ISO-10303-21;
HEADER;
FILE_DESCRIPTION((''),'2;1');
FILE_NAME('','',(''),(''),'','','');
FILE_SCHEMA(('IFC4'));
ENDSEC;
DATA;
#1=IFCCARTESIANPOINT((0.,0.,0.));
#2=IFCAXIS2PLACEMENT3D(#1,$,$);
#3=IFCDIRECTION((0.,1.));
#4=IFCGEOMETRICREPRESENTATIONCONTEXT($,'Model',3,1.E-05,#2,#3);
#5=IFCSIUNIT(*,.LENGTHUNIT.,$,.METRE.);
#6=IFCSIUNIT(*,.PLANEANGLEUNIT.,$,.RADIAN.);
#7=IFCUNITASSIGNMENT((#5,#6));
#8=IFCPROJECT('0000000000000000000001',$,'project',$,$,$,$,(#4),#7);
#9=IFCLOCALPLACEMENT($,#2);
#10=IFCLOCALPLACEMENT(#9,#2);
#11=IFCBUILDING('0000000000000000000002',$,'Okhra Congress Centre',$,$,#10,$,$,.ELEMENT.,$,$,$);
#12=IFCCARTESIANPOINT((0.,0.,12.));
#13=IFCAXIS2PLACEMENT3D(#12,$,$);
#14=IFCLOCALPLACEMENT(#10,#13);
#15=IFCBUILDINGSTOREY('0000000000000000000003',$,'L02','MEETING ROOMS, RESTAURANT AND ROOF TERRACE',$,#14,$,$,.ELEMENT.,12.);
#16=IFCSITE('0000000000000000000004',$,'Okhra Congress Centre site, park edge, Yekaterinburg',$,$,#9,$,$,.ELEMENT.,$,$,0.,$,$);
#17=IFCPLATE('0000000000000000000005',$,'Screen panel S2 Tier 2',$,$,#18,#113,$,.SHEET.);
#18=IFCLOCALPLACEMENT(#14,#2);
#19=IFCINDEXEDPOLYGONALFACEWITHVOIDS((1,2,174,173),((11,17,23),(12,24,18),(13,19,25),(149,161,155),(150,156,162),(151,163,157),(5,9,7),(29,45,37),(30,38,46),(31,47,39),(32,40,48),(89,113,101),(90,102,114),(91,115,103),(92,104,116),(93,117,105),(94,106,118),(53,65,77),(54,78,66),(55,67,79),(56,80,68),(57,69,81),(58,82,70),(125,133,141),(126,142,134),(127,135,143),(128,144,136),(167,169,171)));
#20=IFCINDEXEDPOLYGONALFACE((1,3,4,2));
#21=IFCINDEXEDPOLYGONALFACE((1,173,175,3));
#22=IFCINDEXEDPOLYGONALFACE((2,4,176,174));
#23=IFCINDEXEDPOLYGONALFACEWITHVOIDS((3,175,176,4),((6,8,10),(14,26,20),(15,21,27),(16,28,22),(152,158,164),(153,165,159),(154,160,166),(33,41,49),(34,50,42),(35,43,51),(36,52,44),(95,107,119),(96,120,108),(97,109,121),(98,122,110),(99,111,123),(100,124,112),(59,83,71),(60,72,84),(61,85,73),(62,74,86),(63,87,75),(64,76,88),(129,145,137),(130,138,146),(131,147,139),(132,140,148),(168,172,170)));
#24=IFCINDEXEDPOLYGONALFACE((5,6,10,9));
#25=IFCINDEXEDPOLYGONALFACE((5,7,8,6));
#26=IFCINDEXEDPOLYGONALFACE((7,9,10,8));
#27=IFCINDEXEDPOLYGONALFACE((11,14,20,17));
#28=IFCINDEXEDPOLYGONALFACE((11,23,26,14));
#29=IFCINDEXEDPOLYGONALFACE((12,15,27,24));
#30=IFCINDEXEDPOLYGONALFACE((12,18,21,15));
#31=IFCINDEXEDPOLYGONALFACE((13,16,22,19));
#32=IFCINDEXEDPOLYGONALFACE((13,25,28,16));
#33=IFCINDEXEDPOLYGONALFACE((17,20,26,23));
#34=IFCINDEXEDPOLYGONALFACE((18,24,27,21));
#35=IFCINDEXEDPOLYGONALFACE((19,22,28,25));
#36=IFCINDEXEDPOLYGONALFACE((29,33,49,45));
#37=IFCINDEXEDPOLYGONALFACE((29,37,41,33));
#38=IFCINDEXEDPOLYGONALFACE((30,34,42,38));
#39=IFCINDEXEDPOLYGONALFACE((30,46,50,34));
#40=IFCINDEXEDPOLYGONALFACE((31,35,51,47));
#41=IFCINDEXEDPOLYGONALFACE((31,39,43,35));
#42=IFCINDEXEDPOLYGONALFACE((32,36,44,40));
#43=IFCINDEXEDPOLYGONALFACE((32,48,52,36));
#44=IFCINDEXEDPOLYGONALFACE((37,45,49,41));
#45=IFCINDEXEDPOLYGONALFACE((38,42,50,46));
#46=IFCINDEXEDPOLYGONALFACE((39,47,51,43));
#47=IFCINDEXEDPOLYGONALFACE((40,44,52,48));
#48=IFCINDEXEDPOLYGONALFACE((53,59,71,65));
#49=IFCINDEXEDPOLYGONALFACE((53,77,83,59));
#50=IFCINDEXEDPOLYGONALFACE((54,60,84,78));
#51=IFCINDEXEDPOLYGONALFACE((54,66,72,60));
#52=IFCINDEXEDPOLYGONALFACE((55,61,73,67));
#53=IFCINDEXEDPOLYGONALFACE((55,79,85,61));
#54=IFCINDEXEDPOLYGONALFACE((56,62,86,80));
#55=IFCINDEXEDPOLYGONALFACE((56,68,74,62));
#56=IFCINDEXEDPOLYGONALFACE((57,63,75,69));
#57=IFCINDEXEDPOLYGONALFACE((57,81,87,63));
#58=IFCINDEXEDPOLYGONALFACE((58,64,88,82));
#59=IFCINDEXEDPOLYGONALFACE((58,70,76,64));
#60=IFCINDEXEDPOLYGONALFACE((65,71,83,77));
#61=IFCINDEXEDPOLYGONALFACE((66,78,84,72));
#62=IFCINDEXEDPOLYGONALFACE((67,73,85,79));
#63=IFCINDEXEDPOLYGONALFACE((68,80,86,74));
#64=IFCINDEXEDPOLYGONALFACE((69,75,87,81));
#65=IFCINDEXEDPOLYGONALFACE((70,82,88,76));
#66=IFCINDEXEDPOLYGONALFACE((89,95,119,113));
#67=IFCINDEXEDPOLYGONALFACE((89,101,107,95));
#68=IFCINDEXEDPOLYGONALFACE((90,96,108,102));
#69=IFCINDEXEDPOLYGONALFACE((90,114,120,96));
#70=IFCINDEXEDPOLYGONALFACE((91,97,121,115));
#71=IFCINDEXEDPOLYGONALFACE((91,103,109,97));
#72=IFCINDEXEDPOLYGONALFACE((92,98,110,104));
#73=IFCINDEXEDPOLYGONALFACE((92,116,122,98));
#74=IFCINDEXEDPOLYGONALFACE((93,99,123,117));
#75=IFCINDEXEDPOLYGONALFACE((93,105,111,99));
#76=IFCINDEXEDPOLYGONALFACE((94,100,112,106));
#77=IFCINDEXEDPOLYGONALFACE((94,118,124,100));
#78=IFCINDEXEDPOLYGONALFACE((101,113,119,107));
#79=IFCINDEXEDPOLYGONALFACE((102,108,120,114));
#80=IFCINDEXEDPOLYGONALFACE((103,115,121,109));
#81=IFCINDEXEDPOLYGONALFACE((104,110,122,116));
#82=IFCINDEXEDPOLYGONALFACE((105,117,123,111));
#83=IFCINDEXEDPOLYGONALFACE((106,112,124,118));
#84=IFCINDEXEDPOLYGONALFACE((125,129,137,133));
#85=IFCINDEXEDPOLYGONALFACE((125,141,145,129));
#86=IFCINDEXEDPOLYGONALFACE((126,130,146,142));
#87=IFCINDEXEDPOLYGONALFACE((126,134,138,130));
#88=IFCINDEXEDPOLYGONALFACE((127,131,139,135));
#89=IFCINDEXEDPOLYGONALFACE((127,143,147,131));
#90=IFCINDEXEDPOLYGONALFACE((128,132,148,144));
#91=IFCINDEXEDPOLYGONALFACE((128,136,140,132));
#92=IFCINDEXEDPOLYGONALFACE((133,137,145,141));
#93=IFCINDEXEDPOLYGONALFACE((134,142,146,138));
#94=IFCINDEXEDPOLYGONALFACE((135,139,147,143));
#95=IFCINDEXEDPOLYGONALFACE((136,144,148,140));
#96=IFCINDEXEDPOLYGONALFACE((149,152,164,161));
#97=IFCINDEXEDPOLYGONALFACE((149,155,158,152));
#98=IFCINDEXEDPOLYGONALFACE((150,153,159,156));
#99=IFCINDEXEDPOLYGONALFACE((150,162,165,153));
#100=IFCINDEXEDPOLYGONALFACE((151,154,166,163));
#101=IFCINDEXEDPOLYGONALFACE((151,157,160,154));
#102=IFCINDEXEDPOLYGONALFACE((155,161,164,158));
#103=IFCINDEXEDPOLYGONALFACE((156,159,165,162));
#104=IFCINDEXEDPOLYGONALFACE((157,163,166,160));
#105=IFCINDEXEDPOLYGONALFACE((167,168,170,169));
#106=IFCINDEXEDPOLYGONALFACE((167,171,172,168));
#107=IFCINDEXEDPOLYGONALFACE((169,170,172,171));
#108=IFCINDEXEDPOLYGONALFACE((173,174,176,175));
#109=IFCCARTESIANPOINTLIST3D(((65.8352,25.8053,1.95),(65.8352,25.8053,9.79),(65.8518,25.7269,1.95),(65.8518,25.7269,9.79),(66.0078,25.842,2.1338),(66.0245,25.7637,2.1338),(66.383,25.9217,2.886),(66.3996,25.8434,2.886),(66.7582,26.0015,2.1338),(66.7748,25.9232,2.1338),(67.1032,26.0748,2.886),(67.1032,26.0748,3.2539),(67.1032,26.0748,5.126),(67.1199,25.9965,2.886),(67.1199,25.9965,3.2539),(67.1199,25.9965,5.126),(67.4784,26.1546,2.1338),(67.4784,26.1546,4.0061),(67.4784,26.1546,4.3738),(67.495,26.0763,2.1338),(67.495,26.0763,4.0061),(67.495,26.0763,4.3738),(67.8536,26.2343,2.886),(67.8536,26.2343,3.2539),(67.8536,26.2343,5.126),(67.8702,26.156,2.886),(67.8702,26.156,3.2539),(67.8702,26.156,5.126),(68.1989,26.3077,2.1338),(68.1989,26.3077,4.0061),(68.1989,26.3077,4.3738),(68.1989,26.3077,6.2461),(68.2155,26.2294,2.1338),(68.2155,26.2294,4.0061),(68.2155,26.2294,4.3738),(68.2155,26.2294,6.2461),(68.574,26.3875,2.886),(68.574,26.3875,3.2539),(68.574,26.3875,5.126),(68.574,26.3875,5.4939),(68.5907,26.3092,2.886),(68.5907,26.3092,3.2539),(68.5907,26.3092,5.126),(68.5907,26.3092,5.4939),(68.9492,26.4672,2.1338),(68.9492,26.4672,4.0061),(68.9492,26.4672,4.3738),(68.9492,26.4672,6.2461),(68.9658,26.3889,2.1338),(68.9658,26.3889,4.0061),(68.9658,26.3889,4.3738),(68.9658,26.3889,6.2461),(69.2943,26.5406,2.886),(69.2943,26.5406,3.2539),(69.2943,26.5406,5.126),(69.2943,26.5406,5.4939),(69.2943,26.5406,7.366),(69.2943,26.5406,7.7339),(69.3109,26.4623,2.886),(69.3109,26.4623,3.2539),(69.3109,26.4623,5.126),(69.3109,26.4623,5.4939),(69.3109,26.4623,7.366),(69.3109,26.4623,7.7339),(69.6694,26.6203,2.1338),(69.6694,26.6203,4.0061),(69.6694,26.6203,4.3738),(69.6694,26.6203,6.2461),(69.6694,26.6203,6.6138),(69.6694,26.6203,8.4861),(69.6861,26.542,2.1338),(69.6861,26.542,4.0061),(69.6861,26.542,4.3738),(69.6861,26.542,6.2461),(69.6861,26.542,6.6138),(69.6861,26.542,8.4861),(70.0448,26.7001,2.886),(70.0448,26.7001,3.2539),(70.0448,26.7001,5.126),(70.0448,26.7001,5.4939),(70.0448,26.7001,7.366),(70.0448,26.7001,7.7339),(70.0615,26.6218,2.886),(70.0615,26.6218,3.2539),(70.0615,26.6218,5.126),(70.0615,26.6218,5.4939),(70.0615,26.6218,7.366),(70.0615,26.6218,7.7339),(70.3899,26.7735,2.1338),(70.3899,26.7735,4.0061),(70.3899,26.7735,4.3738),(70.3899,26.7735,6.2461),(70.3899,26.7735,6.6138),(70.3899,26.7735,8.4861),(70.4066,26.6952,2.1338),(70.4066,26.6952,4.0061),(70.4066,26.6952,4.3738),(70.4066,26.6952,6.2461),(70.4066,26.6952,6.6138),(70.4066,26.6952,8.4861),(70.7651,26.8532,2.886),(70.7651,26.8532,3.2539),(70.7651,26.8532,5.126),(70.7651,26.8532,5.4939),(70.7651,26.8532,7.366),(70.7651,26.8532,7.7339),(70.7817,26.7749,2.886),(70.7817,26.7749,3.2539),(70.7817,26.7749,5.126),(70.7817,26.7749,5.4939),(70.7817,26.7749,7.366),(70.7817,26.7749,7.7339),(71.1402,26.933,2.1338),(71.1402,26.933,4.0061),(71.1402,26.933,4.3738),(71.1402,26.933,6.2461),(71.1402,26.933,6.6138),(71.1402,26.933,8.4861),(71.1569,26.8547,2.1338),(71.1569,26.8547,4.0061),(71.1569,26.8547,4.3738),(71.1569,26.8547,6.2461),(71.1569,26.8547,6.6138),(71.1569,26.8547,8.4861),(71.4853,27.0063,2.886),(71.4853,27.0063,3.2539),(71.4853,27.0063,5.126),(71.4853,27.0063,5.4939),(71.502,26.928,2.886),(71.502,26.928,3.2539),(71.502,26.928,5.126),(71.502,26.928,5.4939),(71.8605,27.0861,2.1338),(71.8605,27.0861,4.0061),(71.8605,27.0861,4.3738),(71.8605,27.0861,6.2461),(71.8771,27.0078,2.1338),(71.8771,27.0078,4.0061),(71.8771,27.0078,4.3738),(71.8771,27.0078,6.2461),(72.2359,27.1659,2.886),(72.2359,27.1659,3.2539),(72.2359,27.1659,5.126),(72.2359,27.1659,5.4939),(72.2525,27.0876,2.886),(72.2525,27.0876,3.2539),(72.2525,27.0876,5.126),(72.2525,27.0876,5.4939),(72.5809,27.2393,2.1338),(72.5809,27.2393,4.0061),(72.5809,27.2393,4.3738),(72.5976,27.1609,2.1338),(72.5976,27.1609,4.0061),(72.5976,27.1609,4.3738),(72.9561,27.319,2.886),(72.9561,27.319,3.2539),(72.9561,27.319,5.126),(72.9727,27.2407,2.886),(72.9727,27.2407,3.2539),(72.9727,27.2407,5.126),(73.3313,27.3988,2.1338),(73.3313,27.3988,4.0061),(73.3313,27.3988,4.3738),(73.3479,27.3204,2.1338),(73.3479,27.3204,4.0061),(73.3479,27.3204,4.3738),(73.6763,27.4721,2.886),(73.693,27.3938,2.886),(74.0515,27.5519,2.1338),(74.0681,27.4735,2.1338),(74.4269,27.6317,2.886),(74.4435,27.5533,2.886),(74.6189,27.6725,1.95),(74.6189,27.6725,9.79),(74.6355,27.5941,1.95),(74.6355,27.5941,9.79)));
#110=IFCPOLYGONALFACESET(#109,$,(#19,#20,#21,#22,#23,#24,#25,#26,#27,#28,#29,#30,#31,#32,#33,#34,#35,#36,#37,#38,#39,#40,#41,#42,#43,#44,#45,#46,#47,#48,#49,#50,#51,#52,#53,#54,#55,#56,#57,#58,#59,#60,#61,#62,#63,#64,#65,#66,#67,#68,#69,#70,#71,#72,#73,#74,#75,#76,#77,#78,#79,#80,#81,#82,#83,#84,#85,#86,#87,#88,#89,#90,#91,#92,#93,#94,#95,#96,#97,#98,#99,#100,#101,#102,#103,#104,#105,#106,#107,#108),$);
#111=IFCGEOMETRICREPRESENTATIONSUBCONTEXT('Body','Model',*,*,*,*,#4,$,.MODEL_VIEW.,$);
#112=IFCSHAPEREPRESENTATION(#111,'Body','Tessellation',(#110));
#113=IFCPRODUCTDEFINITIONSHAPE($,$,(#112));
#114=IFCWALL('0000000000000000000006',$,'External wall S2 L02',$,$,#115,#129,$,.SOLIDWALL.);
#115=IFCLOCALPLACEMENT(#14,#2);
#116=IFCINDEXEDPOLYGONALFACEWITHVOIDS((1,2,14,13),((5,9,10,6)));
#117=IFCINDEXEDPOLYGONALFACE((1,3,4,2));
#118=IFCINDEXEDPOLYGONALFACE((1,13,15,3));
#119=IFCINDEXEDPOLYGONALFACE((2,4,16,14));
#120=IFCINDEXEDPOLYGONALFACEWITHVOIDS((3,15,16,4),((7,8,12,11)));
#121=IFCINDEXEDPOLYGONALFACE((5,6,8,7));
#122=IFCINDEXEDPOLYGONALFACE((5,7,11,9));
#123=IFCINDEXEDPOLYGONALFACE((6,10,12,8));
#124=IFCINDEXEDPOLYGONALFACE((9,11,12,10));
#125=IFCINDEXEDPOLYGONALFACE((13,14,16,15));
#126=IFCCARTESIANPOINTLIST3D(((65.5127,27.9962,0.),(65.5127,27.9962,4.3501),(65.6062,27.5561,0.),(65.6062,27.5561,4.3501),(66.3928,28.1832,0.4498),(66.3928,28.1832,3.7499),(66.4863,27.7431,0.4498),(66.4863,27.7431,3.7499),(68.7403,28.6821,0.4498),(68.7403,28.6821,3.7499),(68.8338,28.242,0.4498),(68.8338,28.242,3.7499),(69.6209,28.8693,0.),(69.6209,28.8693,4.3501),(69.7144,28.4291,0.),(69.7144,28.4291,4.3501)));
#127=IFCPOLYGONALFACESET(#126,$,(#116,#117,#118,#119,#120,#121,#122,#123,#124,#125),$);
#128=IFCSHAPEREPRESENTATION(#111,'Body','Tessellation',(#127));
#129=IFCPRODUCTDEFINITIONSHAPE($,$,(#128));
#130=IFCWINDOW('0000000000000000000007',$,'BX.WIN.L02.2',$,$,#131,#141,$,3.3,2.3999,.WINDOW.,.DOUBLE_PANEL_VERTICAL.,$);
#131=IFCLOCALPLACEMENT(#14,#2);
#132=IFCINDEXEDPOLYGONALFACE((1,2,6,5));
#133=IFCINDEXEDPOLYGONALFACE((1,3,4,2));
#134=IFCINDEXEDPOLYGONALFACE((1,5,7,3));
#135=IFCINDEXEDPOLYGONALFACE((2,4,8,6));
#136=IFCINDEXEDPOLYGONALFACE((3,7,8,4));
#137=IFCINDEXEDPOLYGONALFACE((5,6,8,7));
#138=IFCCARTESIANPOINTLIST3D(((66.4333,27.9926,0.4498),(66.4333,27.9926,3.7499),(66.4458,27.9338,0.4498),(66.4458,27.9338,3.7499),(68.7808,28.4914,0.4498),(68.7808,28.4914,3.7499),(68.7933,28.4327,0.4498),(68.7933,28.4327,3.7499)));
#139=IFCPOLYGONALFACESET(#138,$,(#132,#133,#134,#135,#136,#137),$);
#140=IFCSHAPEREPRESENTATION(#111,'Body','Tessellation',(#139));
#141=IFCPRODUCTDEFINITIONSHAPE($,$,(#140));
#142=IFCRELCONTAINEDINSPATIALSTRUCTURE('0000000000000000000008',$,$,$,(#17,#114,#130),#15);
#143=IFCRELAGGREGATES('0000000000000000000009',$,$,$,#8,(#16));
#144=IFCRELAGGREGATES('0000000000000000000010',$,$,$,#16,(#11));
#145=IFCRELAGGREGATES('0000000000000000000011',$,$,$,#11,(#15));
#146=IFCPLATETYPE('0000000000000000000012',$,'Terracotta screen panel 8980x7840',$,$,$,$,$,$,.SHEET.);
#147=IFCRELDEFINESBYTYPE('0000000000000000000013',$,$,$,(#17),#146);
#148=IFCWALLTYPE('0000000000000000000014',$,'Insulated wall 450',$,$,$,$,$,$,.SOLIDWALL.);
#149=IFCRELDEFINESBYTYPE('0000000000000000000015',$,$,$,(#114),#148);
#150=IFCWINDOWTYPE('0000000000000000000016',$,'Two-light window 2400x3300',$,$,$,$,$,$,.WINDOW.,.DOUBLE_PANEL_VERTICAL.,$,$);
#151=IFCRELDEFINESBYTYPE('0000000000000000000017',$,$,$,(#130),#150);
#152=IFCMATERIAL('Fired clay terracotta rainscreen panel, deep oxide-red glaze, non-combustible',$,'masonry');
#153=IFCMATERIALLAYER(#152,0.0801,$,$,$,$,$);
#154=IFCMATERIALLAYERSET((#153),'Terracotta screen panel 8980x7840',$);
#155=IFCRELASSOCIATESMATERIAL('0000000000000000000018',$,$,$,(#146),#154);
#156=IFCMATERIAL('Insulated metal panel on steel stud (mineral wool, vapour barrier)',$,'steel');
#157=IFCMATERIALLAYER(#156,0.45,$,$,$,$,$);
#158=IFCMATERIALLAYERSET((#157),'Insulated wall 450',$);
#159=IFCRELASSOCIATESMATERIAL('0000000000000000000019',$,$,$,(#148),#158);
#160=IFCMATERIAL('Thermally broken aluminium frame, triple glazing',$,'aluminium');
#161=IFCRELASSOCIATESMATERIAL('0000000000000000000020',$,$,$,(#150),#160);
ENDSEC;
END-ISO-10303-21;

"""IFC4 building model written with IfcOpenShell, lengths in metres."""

from ifc_helpers import new_model, si_unit, direction, frame, frame_2d, origin, place, context, subcontext, project, spatial, polyline, rectangle, outline, extrude, material, layer, layer_set, type_object, element, fill, save


model = new_model("IFC4")

# Units and contexts
model_context = context("Model", 3, precision=1e-05, world=origin(), true_north=direction((0.0, 1.0)))
body_context = subcontext(model_context, "Body", "Model", "MODEL_VIEW")
ifc_project = project(units=[si_unit("LENGTHUNIT", "METRE"), si_unit("PLANEANGLEUNIT", "RADIAN")], contexts=[model_context])

# Site, building, storey
site_placement = place(None, origin())
site = spatial("IfcSite", under=ifc_project, at=site_placement, Name="Okhra Congress Centre site, park edge, Yekaterinburg", CompositionType="ELEMENT", RefElevation=0.0)
building_placement = place(site_placement, origin())
building = spatial("IfcBuilding", under=site, at=building_placement, Name="Okhra Congress Centre", CompositionType="ELEMENT")
storey_placement = place(building_placement, frame((0.0, 0.0, 12.0)))
storey = spatial("IfcBuildingStorey", under=building, at=storey_placement, Name="L02", Description="MEETING ROOMS, RESTAURANT AND ROOF TERRACE", CompositionType="ELEMENT", Elevation=12.0)

# Plate
ifc_material_1 = material(Name="Fired clay terracotta rainscreen panel, deep oxide-red glaze, non-combustible", Category="masonry")
ifc_layer_1 = layer(ifc_material_1, 0.0801)
ifc_layer_set_1 = layer_set([ifc_layer_1], Name="Terracotta screen panel 8980x7840")
plate_type = type_object("IfcPlateType", Name="Terracotta screen panel 8980x7840", PredefinedType="SHEET", material=ifc_layer_set_1)
plate_placement = place(storey_placement, frame((65.8435, 25.7661, 1.95), z_axis=(0.0, 0.0, 1.0), x_axis=(0.978144, 0.207928, 0.0)))
element("IfcPlate", 1, at=plate_placement, inside=storey, type_object=plate_type, Name="Screen panel S2 Tier 2", PredefinedType="SHEET", context=body_context, shape_type="SweptSolid", body=[
    extrude(outline(polyline([(0.0, 0.0), (8.98, 0.0), (8.98, 7.8401), (0.0, 7.8401), (0.0, 0.0)]), holes=[polyline([(0.1765, 0.1838), (0.9436, 0.1838), (0.5601, 0.936), (0.1765, 0.1838)]), polyline([(1.2964, 0.936), (1.6799, 0.1838), (2.0635, 0.936), (1.2964, 0.936)]), polyline([(2.4165, 0.1838), (3.1836, 0.1838), (2.8, 0.936), (2.4165, 0.1838)]), polyline([(3.5364, 0.936), (3.9199, 0.1838), (4.3037, 0.936), (3.5364, 0.936)]), polyline([(4.6565, 0.1838), (5.4236, 0.1838), (5.04, 0.936), (4.6565, 0.1838)]), polyline([(5.7764, 0.936), (6.1599, 0.1838), (6.5437, 0.936), (5.7764, 0.936)]), polyline([(6.8965, 0.1838), (7.6636, 0.1838), (7.28, 0.936), (6.8965, 0.1838)]), polyline([(8.0164, 0.936), (8.3999, 0.1838), (8.7837, 0.936), (8.0164, 0.936)]), polyline([(1.2964, 1.304), (2.0635, 1.304), (1.6799, 2.0562), (1.2964, 1.304)]), polyline([(2.4165, 2.0562), (2.8, 1.304), (3.1836, 2.0562), (2.4165, 2.0562)]), polyline([(3.5364, 1.304), (4.3037, 1.304), (3.9199, 2.0562), (3.5364, 1.304)]), polyline([(4.6565, 2.0562), (5.04, 1.304), (5.4236, 2.0562), (4.6565, 2.0562)]), polyline([(5.7764, 1.304), (6.5437, 1.304), (6.1599, 2.0562), (5.7764, 1.304)]), polyline([(6.8965, 2.0562), (7.28, 1.304), (7.6636, 2.0562), (6.8965, 2.0562)]), polyline([(1.2964, 3.176), (1.6799, 2.4238), (2.0635, 3.176), (1.2964, 3.176)]), polyline([(2.4165, 2.4238), (3.1836, 2.4238), (2.8, 3.176), (2.4165, 2.4238)]), polyline([(3.5364, 3.176), (3.9199, 2.4238), (4.3037, 3.176), (3.5364, 3.176)]), polyline([(4.6565, 2.4238), (5.4236, 2.4238), (5.04, 3.176), (4.6565, 2.4238)]), polyline([(5.7764, 3.176), (6.1599, 2.4238), (6.5437, 3.176), (5.7764, 3.176)]), polyline([(6.8965, 2.4238), (7.6636, 2.4238), (7.28, 3.176), (6.8965, 2.4238)]), polyline([(2.4165, 4.2961), (2.8, 3.5439), (3.1836, 4.2961), (2.4165, 4.2961)]), polyline([(3.5364, 3.5439), (4.3037, 3.5439), (3.9199, 4.2961), (3.5364, 3.5439)]), polyline([(4.6565, 4.2961), (5.04, 3.5439), (5.4236, 4.2961), (4.6565, 4.2961)]), polyline([(5.7764, 3.5439), (6.5437, 3.5439), (6.1599, 4.2961), (5.7764, 3.5439)]), polyline([(3.5364, 5.416), (3.9199, 4.6638), (4.3037, 5.416), (3.5364, 5.416)]), polyline([(4.6565, 4.6638), (5.4236, 4.6638), (5.04, 5.416), (4.6565, 4.6638)]), polyline([(3.5364, 5.7839), (4.3037, 5.7839), (3.9199, 6.5361), (3.5364, 5.7839)]), polyline([(4.6565, 6.5361), (5.04, 5.7839), (5.4236, 6.5361), (4.6565, 6.5361)])]), frame((0.0, 0.04, 0.0), z_axis=(0.0, -1.0, 0.0), x_axis=(1.0, 0.0, 0.0)), (0.0, 0.0, 1.0), 0.0801),
])

# Wall, opening, window
ifc_material_2 = material(Name="Insulated metal panel on steel stud (mineral wool, vapour barrier)", Category="steel")
ifc_layer_2 = layer(ifc_material_2, 0.45)
ifc_layer_set_2 = layer_set([ifc_layer_2], Name="Insulated wall 450")
wall_type_1 = type_object("IfcWallType", Name="Insulated wall 450", PredefinedType="SOLIDWALL", material=ifc_layer_set_2)
wall_1_placement = place(storey_placement, frame((65.5593, 27.7761, 0.0), z_axis=(0.0, 0.0, 1.0), x_axis=(0.978156, 0.207873, 0.0)))
wall_1 = element("IfcWall", 2, at=wall_1_placement, inside=storey, type_object=wall_type_1, Name="External wall S2 L02", PredefinedType="SOLIDWALL", context=body_context, shape_type="SweptSolid", body=[
    extrude(rectangle(XDim=4.2, YDim=0.45, at=frame_2d((2.1001, 0.0))), origin(), (0.0, 0.0, 1.0), 4.3501),
])
opening_1_placement = place(wall_1_placement, frame((0.8999, 0.0, 0.45)))
opening_1 = element("IfcOpeningElement", 3, at=opening_1_placement, cuts=wall_1, PredefinedType="OPENING", context=body_context, shape_type="SweptSolid", body=[
    extrude(rectangle(XDim=2.3999, YDim=3.3, at=frame_2d((1.2, 1.6499))), frame((0.0, 0.2349, 0.0), z_axis=(0.0, -1.0, 0.0), x_axis=(1.0, 0.0, 0.0)), (0.0, 0.0, 1.0), 0.47),
])
ifc_material_3 = material(Name="Thermally broken aluminium frame, triple glazing", Category="aluminium")
window_type = type_object("IfcWindowType", Name="Two-light window 2400x3300", PartitioningType="DOUBLE_PANEL_VERTICAL", PredefinedType="WINDOW", material=ifc_material_3)
window_1_placement = place(opening_1_placement, origin())
window_1 = element("IfcWindow", 4, at=window_1_placement, inside=storey, type_object=window_type, Name="BX.WIN.L02.2", OverallHeight=3.3, OverallWidth=2.3999, PartitioningType="DOUBLE_PANEL_VERTICAL", PredefinedType="WINDOW", context=body_context, shape_type="SweptSolid", body=[
    extrude(rectangle(XDim=2.3999, YDim=3.3, at=frame_2d((1.2, 1.6499))), frame((0.0, 0.03, 0.0), z_axis=(0.0, -1.0, 0.0), x_axis=(1.0, 0.0, 0.0)), (0.0, 0.0, 1.0), 0.0601),
])
fill(opening_1, window_1)

save(model, "model.ifc")
